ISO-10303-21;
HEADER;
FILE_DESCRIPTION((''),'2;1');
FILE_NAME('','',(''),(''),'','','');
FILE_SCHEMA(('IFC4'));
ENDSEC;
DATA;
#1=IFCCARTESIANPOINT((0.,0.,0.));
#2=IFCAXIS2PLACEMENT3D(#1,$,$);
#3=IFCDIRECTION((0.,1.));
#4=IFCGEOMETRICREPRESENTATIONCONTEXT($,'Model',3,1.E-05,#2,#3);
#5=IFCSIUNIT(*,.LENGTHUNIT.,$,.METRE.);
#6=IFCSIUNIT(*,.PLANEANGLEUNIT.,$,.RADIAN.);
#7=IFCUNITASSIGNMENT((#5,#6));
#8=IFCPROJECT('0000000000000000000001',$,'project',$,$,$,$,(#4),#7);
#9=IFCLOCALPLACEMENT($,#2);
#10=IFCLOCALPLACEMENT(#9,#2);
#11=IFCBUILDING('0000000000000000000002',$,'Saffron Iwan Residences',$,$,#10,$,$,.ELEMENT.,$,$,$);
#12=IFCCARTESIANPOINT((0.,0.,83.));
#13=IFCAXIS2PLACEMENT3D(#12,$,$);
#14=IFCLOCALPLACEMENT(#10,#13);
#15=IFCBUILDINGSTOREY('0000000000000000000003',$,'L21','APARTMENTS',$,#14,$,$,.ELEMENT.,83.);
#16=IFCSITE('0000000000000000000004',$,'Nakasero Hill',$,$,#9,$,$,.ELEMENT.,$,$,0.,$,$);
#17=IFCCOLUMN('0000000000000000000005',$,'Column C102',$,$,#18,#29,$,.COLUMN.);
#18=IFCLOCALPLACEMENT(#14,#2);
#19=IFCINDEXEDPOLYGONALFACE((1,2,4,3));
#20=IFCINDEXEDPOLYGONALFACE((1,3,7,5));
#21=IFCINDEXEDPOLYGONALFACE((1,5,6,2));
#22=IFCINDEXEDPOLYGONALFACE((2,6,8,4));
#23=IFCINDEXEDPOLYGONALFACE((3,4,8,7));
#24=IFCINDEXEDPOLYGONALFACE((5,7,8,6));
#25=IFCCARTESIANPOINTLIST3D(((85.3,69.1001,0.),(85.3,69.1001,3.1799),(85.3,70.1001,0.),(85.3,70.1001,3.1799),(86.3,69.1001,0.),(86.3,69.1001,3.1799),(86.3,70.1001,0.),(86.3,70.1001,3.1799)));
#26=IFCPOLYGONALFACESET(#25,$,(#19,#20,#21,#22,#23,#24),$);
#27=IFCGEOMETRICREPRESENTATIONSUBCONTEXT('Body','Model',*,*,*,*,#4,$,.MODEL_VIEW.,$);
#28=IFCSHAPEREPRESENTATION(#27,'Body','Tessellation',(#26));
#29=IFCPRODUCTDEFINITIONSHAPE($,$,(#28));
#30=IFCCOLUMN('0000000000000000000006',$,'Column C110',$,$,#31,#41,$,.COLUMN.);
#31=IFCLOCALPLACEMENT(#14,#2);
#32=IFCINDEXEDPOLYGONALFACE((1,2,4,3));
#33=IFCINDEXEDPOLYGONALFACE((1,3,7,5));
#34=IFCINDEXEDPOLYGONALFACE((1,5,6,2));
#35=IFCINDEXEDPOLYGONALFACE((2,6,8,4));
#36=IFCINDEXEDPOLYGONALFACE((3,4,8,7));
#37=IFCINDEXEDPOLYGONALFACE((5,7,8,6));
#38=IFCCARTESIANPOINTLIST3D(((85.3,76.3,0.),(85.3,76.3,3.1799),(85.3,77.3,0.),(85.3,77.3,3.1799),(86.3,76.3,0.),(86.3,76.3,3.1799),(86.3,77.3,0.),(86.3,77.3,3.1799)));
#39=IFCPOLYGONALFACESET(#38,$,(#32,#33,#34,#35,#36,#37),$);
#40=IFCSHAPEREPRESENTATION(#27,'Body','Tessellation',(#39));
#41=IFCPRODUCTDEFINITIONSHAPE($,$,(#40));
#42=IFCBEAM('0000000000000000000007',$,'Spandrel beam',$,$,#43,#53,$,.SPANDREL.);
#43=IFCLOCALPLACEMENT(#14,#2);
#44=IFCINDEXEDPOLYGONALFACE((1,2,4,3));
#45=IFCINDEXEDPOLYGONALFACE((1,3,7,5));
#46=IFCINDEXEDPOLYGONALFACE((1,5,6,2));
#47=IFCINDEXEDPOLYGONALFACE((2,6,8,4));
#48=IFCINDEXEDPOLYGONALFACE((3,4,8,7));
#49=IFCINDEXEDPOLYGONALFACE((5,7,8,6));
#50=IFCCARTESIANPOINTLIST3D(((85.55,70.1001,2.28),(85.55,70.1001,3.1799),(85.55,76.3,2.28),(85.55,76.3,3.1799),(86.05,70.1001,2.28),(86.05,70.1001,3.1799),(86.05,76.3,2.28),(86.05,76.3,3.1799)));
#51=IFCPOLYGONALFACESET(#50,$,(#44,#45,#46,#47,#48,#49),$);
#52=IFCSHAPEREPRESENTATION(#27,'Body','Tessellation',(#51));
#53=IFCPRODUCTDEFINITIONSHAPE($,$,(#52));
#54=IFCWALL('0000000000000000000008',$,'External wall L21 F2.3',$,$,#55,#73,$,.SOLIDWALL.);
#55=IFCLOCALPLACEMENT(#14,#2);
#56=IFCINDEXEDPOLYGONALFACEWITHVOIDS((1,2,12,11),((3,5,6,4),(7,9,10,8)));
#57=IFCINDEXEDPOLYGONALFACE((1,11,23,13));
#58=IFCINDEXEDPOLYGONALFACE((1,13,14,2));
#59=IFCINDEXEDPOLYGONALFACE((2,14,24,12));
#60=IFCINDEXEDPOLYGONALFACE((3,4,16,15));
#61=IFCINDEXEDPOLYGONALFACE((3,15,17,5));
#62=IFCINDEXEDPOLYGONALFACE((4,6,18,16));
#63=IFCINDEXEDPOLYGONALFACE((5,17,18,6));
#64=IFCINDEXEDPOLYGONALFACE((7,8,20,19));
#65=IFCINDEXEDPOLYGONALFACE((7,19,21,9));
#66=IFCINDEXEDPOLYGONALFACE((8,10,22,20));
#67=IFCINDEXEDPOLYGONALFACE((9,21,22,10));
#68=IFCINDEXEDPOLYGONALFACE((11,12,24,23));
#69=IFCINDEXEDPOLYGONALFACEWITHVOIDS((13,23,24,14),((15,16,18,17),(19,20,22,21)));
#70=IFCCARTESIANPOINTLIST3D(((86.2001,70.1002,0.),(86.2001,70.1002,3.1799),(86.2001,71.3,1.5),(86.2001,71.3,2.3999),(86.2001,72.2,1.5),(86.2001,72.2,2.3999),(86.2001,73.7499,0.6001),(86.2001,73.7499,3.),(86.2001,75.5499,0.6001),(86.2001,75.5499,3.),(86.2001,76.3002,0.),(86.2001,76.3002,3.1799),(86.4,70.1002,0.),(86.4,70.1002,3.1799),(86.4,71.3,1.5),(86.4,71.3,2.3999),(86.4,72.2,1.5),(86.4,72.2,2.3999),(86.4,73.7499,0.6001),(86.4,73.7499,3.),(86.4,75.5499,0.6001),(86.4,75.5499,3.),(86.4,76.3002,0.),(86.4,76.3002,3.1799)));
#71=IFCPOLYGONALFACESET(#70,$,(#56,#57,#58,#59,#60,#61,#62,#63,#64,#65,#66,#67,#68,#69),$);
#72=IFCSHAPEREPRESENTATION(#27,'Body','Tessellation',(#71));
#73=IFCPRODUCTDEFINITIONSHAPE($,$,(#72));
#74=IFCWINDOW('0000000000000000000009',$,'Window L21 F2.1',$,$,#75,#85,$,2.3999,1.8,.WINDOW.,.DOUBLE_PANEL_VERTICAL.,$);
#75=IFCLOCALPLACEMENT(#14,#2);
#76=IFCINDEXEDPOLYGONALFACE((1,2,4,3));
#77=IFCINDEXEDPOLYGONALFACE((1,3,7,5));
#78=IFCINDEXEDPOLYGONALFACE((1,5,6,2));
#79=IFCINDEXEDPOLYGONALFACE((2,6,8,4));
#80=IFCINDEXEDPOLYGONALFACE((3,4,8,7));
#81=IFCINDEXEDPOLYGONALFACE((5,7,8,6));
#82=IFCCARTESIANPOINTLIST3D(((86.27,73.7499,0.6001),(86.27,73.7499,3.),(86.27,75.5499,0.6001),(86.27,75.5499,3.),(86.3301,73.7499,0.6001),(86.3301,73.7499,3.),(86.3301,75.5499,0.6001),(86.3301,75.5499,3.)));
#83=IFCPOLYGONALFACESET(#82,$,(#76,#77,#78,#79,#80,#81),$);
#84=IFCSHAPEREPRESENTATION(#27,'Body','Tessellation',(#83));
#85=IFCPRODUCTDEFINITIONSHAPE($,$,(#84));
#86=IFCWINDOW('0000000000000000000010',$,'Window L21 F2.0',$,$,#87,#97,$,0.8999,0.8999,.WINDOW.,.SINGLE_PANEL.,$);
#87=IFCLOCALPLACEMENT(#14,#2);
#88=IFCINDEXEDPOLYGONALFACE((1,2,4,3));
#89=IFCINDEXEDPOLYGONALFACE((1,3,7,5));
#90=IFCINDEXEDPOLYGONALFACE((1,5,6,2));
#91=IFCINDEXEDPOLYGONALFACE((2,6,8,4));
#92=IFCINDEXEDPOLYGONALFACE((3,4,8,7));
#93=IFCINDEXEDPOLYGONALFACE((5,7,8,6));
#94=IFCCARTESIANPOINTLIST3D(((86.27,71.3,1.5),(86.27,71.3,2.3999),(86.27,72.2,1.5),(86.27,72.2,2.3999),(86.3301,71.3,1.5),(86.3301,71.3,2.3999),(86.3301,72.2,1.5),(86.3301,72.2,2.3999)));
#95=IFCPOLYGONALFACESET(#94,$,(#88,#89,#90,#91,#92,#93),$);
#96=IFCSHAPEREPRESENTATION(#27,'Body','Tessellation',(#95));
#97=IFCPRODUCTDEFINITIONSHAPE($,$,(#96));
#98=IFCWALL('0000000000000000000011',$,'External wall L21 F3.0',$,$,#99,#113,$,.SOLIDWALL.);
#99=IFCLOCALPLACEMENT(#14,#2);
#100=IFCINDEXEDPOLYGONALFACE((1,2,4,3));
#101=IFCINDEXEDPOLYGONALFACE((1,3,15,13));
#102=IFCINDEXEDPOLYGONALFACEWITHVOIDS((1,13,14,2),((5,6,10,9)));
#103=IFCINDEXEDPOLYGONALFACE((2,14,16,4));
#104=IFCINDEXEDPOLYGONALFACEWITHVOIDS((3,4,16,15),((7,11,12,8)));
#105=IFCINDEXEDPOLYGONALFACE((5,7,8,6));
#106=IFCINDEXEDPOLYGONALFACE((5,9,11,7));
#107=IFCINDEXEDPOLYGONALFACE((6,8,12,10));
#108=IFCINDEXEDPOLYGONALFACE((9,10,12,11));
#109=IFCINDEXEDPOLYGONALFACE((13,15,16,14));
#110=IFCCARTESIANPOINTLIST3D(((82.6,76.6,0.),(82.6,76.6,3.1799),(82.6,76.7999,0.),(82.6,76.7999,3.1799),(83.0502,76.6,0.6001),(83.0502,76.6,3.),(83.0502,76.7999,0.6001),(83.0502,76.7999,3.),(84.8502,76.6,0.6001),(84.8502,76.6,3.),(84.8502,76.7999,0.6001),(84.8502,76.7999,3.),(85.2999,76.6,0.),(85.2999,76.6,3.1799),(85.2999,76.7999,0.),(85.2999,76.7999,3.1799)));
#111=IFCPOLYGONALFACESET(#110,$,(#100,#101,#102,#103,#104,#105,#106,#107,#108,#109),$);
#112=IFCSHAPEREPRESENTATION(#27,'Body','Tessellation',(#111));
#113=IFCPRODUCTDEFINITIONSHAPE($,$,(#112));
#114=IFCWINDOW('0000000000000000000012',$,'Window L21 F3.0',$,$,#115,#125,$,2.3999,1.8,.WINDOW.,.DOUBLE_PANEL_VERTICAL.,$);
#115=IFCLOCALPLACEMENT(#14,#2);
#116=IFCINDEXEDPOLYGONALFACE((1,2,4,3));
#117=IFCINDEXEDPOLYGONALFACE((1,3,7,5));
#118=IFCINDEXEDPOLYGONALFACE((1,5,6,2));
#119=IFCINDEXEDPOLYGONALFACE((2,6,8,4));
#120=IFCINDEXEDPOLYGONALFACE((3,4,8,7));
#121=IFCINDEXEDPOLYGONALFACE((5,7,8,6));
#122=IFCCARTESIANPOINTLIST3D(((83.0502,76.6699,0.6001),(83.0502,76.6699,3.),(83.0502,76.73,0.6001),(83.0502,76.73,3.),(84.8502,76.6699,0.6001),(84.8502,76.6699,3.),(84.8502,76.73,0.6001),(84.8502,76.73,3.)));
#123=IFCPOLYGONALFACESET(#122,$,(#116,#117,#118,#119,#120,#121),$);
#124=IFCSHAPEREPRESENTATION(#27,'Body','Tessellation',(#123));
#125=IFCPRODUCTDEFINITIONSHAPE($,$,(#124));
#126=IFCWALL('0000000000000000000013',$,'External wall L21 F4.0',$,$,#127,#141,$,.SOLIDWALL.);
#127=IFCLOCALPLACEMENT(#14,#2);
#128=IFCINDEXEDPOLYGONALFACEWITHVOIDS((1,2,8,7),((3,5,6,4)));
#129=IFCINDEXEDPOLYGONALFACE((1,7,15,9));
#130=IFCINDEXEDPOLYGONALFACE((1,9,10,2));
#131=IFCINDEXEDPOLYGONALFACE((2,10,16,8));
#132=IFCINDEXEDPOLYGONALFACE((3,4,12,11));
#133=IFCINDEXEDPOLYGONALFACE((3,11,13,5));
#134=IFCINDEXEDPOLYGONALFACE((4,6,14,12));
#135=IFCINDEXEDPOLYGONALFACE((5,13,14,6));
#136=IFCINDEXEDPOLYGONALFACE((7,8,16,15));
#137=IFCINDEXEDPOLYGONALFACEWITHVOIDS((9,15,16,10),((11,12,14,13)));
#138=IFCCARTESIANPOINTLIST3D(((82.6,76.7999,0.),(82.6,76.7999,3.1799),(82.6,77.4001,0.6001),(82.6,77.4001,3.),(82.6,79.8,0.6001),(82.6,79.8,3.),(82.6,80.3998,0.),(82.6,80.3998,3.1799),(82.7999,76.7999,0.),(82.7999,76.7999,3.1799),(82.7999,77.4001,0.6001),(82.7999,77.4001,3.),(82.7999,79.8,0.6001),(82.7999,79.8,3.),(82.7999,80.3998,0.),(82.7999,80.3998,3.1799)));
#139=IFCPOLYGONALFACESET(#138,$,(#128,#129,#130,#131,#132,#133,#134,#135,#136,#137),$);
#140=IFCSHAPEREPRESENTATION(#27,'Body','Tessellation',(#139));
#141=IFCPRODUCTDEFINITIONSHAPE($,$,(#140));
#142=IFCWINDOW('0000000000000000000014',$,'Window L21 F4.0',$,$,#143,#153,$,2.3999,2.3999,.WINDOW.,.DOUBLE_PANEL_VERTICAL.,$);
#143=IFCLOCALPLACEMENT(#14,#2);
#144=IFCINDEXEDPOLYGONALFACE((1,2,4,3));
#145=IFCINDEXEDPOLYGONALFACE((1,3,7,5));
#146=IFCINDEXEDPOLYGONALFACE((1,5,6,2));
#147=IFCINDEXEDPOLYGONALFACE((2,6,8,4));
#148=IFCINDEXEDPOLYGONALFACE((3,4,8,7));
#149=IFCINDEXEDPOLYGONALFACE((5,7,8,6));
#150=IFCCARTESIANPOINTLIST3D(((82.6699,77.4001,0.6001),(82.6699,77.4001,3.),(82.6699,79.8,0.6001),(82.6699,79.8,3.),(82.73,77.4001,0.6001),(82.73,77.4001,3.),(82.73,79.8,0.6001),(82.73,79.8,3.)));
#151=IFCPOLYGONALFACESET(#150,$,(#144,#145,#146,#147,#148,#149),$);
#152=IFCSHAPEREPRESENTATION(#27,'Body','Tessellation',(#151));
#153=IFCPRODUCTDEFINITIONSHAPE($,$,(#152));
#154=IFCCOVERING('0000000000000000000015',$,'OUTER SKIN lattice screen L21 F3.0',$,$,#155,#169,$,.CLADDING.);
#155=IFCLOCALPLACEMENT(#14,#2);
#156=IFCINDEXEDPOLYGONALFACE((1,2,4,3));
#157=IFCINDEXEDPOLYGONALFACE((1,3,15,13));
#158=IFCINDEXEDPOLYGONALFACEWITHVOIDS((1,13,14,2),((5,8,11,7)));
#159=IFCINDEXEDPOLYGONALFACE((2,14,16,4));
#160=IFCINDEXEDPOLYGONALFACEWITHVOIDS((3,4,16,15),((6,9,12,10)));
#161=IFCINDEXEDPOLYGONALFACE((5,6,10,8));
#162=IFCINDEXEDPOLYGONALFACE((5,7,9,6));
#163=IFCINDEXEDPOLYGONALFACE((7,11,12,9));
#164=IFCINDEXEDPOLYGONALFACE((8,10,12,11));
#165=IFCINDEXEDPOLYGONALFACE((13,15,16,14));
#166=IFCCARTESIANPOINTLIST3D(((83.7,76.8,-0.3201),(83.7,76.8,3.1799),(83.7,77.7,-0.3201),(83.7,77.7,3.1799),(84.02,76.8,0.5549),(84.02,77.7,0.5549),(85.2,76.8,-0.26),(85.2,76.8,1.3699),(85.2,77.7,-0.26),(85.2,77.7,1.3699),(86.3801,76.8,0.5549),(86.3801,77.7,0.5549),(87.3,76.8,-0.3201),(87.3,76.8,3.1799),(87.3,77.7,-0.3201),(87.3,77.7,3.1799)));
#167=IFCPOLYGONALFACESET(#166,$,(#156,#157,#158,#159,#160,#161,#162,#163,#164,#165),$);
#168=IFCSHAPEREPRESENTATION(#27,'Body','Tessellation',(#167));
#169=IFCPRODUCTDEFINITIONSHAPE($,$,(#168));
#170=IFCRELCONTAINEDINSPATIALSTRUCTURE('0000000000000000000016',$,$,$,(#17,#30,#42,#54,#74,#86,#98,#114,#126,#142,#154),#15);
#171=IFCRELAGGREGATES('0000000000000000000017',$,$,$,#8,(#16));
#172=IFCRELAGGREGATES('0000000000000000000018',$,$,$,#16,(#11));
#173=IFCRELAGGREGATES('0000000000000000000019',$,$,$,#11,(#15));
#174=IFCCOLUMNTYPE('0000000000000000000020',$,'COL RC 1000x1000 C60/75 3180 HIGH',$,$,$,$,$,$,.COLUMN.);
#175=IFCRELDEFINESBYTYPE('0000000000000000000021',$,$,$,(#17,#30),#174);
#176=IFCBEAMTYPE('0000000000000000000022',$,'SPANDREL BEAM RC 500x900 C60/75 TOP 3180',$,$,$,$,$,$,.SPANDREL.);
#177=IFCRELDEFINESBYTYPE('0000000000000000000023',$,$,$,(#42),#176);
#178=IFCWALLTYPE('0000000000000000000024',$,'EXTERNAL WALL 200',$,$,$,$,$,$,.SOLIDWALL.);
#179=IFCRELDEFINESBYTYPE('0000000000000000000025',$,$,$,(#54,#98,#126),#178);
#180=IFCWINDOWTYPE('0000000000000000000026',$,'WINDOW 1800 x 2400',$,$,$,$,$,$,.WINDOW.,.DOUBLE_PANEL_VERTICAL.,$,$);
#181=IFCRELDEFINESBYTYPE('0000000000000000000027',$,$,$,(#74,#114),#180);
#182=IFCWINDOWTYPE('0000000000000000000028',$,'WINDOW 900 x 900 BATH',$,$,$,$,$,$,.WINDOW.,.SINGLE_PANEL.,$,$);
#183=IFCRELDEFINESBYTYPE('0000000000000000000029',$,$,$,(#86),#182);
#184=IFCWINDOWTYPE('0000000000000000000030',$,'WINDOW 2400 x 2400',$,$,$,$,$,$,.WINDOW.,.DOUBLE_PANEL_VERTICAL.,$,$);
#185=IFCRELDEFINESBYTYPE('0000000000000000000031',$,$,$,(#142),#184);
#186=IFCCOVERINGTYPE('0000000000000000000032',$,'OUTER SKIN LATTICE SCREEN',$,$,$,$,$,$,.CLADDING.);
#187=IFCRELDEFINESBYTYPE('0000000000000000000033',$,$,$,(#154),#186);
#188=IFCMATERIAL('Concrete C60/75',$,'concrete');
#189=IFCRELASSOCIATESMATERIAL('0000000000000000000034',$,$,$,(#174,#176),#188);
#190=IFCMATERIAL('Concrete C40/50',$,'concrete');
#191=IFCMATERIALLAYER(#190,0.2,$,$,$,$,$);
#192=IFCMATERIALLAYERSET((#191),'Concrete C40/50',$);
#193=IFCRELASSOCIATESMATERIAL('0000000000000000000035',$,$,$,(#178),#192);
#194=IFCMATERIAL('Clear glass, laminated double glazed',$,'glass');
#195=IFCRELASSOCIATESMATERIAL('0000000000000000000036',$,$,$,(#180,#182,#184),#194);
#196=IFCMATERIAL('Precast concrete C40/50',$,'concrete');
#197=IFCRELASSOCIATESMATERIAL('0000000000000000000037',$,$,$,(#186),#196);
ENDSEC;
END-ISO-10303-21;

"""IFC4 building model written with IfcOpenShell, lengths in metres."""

from ifc_helpers import new_model, si_unit, direction, frame, frame_2d, origin, origin_2d, place, context, subcontext, project, spatial, polyline, rectangle, outline, extrude, source, transform, mapped, material, layer, layer_set, material_profile, profile_set, type_object, element, fill, save


model = new_model("IFC4")

# Units and contexts
model_context = context("Model", 3, precision=1e-05, world=origin(), true_north=direction((0.0, 1.0)))
body_context = subcontext(model_context, "Body", "Model", "MODEL_VIEW")
ifc_project = project(units=[si_unit("LENGTHUNIT", "METRE"), si_unit("PLANEANGLEUNIT", "RADIAN")], contexts=[model_context])

# Site, building, storey
site_placement = place(None, origin())
site = spatial("IfcSite", under=ifc_project, at=site_placement, Name="Nakasero Hill", CompositionType="ELEMENT", RefElevation=0.0)
building_placement = place(site_placement, origin())
building = spatial("IfcBuilding", under=site, at=building_placement, Name="Saffron Iwan Residences", CompositionType="ELEMENT")
storey_placement = place(building_placement, frame((0.0, 0.0, 83.0)))
storey = spatial("IfcBuildingStorey", under=building, at=storey_placement, Name="L21", Description="APARTMENTS", CompositionType="ELEMENT", Elevation=83.0)

# Columns
ifc_material_1 = material(Name="Concrete C60/75", Category="concrete")
ifc_material_profile_1 = material_profile(ifc_material_1, rectangle(XDim=1.0, YDim=1.0, at=origin_2d()), Name="RC 1000x1000")
ifc_profile_set_1 = profile_set([ifc_material_profile_1], Name="Concrete C60/75")
column_type = type_object("IfcColumnType", Name="COL RC 1000x1000 C60/75 3180 HIGH", PredefinedType="COLUMN", material=ifc_profile_set_1)
shared_shape_1 = source(origin(), body_context, "Body", "SweptSolid", [
    extrude(rectangle(XDim=1.0, YDim=1.0, at=origin_2d()), origin(), (0.0, 0.0, 1.0), 3.1799),
])
for number, where, z_axis, x_axis, name in (
    (1, (85.8, 69.6001, 0.0), (0.0, 0.0, 1.0), (1.0, 0.0, 0.0), "Column C102"),
    (2, (85.8, 76.8, 0.0), (0.0, 0.0, 1.0), (1.0, 0.0, 0.0), "Column C110"),
):
    element("IfcColumn", number, at=place(storey_placement, frame(where, z_axis=z_axis, x_axis=x_axis)), inside=storey, type_object=column_type, Name=name, PredefinedType="COLUMN", context=body_context, shape_type="MappedRepresentation", body=[
        mapped(shared_shape_1, transform((0.0, 0.0, 0.0))),
    ])

# Beam
ifc_material_profile_2 = material_profile(ifc_material_1, rectangle(XDim=0.5, YDim=0.8999, at=origin_2d()), Name="RC 500x900")
ifc_profile_set_2 = profile_set([ifc_material_profile_2], Name="Concrete C60/75")
beam_type = type_object("IfcBeamType", Name="SPANDREL BEAM RC 500x900 C60/75 TOP 3180", PredefinedType="SPANDREL", material=ifc_profile_set_2)
shared_shape_2 = source(origin(), body_context, "Body", "SweptSolid", [
    extrude(rectangle(XDim=0.5, YDim=0.8999, at=origin_2d()), origin(), (0.0, 0.0, 1.0), 6.2),
])
beam_placement = place(storey_placement, frame((85.8, 76.3, 2.73), z_axis=(0.0, -1.0, 0.0), x_axis=(1.0, 0.0, 0.0)))
element("IfcBeam", 3, at=beam_placement, inside=storey, type_object=beam_type, Name="Spandrel beam", PredefinedType="SPANDREL", context=body_context, shape_type="MappedRepresentation", body=[
    mapped(shared_shape_2, transform((0.0, 0.0, 0.0))),
])

# Wall, openings, windows
ifc_material_2 = material(Name="Concrete C40/50", Category="concrete")
ifc_layer = layer(ifc_material_2, 0.2)
ifc_layer_set = layer_set([ifc_layer], Name="Concrete C40/50")
wall_type = type_object("IfcWallType", Name="EXTERNAL WALL 200", PredefinedType="SOLIDWALL", material=ifc_layer_set)
wall_1_placement = place(storey_placement, frame((86.3, 70.1001, 0.0), z_axis=(0.0, 0.0, 1.0), x_axis=(0.0, 1.0, 0.0)))
wall_1 = element("IfcWall", 4, at=wall_1_placement, inside=storey, type_object=wall_type, Name="External wall L21 F2.3", PredefinedType="SOLIDWALL", context=body_context, shape_type="SweptSolid", body=[
    extrude(rectangle(XDim=6.2, YDim=0.2, at=frame_2d((3.1001, 0.0))), origin(), (0.0, 0.0, 1.0), 3.1799),
])
opening_1_placement = place(wall_1_placement, frame((1.2, 0.0, 1.5)))
opening_1 = element("IfcOpeningElement", 5, at=opening_1_placement, cuts=wall_1, PredefinedType="OPENING", context=body_context, shape_type="SweptSolid", body=[
    extrude(rectangle(XDim=0.8999, YDim=0.8999, at=frame_2d((0.45, 0.45))), frame((0.0, 0.1099, 0.0), z_axis=(0.0, -1.0, 0.0), x_axis=(1.0, 0.0, 0.0)), (0.0, 0.0, 1.0), 0.22),
])
opening_2_placement = place(wall_1_placement, frame((3.6499, 0.0, 0.6001)))
opening_2 = element("IfcOpeningElement", 6, at=opening_2_placement, cuts=wall_1, PredefinedType="OPENING", context=body_context, shape_type="SweptSolid", body=[
    extrude(rectangle(XDim=1.8, YDim=2.3999, at=frame_2d((0.8999, 1.2))), frame((0.0, 0.1099, 0.0), z_axis=(0.0, -1.0, 0.0), x_axis=(1.0, 0.0, 0.0)), (0.0, 0.0, 1.0), 0.22),
])
ifc_material_3 = material(Name="Clear glass, laminated double glazed", Category="glass")
window_type_1 = type_object("IfcWindowType", Name="WINDOW 1800 x 2400", PartitioningType="DOUBLE_PANEL_VERTICAL", PredefinedType="WINDOW", material=ifc_material_3)
window_1_placement = place(opening_2_placement, origin())
window_1 = element("IfcWindow", 7, at=window_1_placement, inside=storey, type_object=window_type_1, Name="Window L21 F2.1", OverallHeight=2.3999, OverallWidth=1.8, PartitioningType="DOUBLE_PANEL_VERTICAL", PredefinedType="WINDOW", context=body_context, shape_type="SweptSolid", body=[
    extrude(rectangle(XDim=1.8, YDim=2.3999, at=frame_2d((0.8999, 1.2))), frame((0.0, 0.03, 0.0), z_axis=(0.0, -1.0, 0.0), x_axis=(1.0, 0.0, 0.0)), (0.0, 0.0, 1.0), 0.0601),
])
fill(opening_2, window_1)
window_type_2 = type_object("IfcWindowType", Name="WINDOW 900 x 900 BATH", PartitioningType="SINGLE_PANEL", PredefinedType="WINDOW", material=ifc_material_3)
window_2_placement = place(opening_1_placement, origin())
window_2 = element("IfcWindow", 8, at=window_2_placement, inside=storey, type_object=window_type_2, Name="Window L21 F2.0", OverallHeight=0.8999, OverallWidth=0.8999, PartitioningType="SINGLE_PANEL", PredefinedType="WINDOW", context=body_context, shape_type="SweptSolid", body=[
    extrude(rectangle(XDim=0.8999, YDim=0.8999, at=frame_2d((0.45, 0.45))), frame((0.0, 0.03, 0.0), z_axis=(0.0, -1.0, 0.0), x_axis=(1.0, 0.0, 0.0)), (0.0, 0.0, 1.0), 0.0601),
])
fill(opening_1, window_2)

# Walls, openings, windows
wall_2_placement = place(storey_placement, frame((85.3, 76.7, 0.0), z_axis=(0.0, 0.0, 1.0), x_axis=(-1.0, 0.0, 0.0)))
wall_2 = element("IfcWall", 9, at=wall_2_placement, inside=storey, type_object=wall_type, Name="External wall L21 F3.0", PredefinedType="SOLIDWALL", context=body_context, shape_type="SweptSolid", body=[
    extrude(rectangle(XDim=2.7, YDim=0.2, at=frame_2d((1.3501, 0.0))), origin(), (0.0, 0.0, 1.0), 3.1799),
])
opening_3_placement = place(wall_2_placement, frame((0.45, 0.0, 0.6001)))
opening_3 = element("IfcOpeningElement", 10, at=opening_3_placement, cuts=wall_2, PredefinedType="OPENING", context=body_context, shape_type="SweptSolid", body=[
    extrude(rectangle(XDim=1.8, YDim=2.3999, at=frame_2d((0.8999, 1.2))), frame((0.0, 0.1099, 0.0), z_axis=(0.0, -1.0, 0.0), x_axis=(1.0, 0.0, 0.0)), (0.0, 0.0, 1.0), 0.22),
])
window_3_placement = place(opening_3_placement, origin())
window_3 = element("IfcWindow", 11, at=window_3_placement, inside=storey, type_object=window_type_1, Name="Window L21 F3.0", OverallHeight=2.3999, OverallWidth=1.8, PartitioningType="DOUBLE_PANEL_VERTICAL", PredefinedType="WINDOW", context=body_context, shape_type="SweptSolid", body=[
    extrude(rectangle(XDim=1.8, YDim=2.3999, at=frame_2d((0.8999, 1.2))), frame((0.0, 0.03, 0.0), z_axis=(0.0, -1.0, 0.0), x_axis=(1.0, 0.0, 0.0)), (0.0, 0.0, 1.0), 0.0601),
])
fill(opening_3, window_3)
wall_3_placement = place(storey_placement, frame((82.7, 76.8, 0.0), z_axis=(0.0, 0.0, 1.0), x_axis=(0.0, 1.0, 0.0)))
wall_3 = element("IfcWall", 12, at=wall_3_placement, inside=storey, type_object=wall_type, Name="External wall L21 F4.0", PredefinedType="SOLIDWALL", context=body_context, shape_type="SweptSolid", body=[
    extrude(rectangle(XDim=3.5999, YDim=0.2, at=frame_2d((1.7998, 0.0))), origin(), (0.0, 0.0, 1.0), 3.1799),
])
opening_4_placement = place(wall_3_placement, frame((0.6001, 0.0, 0.6001)))
opening_4 = element("IfcOpeningElement", 13, at=opening_4_placement, cuts=wall_3, PredefinedType="OPENING", context=body_context, shape_type="SweptSolid", body=[
    extrude(rectangle(XDim=2.3999, YDim=2.3999, at=frame_2d((1.2, 1.2))), frame((0.0, 0.1099, 0.0), z_axis=(0.0, -1.0, 0.0), x_axis=(1.0, 0.0, 0.0)), (0.0, 0.0, 1.0), 0.22),
])
window_type_3 = type_object("IfcWindowType", Name="WINDOW 2400 x 2400", PartitioningType="DOUBLE_PANEL_VERTICAL", PredefinedType="WINDOW", material=ifc_material_3)
window_4_placement = place(opening_4_placement, origin())
window_4 = element("IfcWindow", 14, at=window_4_placement, inside=storey, type_object=window_type_3, Name="Window L21 F4.0", OverallHeight=2.3999, OverallWidth=2.3999, PartitioningType="DOUBLE_PANEL_VERTICAL", PredefinedType="WINDOW", context=body_context, shape_type="SweptSolid", body=[
    extrude(rectangle(XDim=2.3999, YDim=2.3999, at=frame_2d((1.2, 1.2))), frame((0.0, 0.03, 0.0), z_axis=(0.0, -1.0, 0.0), x_axis=(1.0, 0.0, 0.0)), (0.0, 0.0, 1.0), 0.0601),
])
fill(opening_4, window_4)

# Covering
ifc_material_4 = material(Name="Precast concrete C40/50", Category="concrete")
covering_type_1 = type_object("IfcCoveringType", Name="OUTER SKIN LATTICE SCREEN", PredefinedType="CLADDING", material=ifc_material_4)
covering_1_placement = place(storey_placement, frame((87.3, 76.8, -0.3201), z_axis=(0.0, 1.0, 0.0), x_axis=(-1.0, 0.0, 0.0)))
element("IfcCovering", 15, at=covering_1_placement, inside=storey, type_object=covering_type_1, Name="OUTER SKIN lattice screen L21 F3.0", PredefinedType="CLADDING", context=body_context, shape_type="SweptSolid", body=[
    extrude(outline(polyline([(0.0, 0.0), (3.6001, 0.0), (3.6001, 3.5), (0.0, 3.5), (0.0, 0.0)]), holes=[polyline([(0.9199, 0.875), (2.1001, 0.0601), (3.28, 0.875), (2.1001, 1.6899), (0.9199, 0.875)])]), origin(), (0.0, 0.0, 1.0), 0.8999),
])

save(model, "model.ifc")
